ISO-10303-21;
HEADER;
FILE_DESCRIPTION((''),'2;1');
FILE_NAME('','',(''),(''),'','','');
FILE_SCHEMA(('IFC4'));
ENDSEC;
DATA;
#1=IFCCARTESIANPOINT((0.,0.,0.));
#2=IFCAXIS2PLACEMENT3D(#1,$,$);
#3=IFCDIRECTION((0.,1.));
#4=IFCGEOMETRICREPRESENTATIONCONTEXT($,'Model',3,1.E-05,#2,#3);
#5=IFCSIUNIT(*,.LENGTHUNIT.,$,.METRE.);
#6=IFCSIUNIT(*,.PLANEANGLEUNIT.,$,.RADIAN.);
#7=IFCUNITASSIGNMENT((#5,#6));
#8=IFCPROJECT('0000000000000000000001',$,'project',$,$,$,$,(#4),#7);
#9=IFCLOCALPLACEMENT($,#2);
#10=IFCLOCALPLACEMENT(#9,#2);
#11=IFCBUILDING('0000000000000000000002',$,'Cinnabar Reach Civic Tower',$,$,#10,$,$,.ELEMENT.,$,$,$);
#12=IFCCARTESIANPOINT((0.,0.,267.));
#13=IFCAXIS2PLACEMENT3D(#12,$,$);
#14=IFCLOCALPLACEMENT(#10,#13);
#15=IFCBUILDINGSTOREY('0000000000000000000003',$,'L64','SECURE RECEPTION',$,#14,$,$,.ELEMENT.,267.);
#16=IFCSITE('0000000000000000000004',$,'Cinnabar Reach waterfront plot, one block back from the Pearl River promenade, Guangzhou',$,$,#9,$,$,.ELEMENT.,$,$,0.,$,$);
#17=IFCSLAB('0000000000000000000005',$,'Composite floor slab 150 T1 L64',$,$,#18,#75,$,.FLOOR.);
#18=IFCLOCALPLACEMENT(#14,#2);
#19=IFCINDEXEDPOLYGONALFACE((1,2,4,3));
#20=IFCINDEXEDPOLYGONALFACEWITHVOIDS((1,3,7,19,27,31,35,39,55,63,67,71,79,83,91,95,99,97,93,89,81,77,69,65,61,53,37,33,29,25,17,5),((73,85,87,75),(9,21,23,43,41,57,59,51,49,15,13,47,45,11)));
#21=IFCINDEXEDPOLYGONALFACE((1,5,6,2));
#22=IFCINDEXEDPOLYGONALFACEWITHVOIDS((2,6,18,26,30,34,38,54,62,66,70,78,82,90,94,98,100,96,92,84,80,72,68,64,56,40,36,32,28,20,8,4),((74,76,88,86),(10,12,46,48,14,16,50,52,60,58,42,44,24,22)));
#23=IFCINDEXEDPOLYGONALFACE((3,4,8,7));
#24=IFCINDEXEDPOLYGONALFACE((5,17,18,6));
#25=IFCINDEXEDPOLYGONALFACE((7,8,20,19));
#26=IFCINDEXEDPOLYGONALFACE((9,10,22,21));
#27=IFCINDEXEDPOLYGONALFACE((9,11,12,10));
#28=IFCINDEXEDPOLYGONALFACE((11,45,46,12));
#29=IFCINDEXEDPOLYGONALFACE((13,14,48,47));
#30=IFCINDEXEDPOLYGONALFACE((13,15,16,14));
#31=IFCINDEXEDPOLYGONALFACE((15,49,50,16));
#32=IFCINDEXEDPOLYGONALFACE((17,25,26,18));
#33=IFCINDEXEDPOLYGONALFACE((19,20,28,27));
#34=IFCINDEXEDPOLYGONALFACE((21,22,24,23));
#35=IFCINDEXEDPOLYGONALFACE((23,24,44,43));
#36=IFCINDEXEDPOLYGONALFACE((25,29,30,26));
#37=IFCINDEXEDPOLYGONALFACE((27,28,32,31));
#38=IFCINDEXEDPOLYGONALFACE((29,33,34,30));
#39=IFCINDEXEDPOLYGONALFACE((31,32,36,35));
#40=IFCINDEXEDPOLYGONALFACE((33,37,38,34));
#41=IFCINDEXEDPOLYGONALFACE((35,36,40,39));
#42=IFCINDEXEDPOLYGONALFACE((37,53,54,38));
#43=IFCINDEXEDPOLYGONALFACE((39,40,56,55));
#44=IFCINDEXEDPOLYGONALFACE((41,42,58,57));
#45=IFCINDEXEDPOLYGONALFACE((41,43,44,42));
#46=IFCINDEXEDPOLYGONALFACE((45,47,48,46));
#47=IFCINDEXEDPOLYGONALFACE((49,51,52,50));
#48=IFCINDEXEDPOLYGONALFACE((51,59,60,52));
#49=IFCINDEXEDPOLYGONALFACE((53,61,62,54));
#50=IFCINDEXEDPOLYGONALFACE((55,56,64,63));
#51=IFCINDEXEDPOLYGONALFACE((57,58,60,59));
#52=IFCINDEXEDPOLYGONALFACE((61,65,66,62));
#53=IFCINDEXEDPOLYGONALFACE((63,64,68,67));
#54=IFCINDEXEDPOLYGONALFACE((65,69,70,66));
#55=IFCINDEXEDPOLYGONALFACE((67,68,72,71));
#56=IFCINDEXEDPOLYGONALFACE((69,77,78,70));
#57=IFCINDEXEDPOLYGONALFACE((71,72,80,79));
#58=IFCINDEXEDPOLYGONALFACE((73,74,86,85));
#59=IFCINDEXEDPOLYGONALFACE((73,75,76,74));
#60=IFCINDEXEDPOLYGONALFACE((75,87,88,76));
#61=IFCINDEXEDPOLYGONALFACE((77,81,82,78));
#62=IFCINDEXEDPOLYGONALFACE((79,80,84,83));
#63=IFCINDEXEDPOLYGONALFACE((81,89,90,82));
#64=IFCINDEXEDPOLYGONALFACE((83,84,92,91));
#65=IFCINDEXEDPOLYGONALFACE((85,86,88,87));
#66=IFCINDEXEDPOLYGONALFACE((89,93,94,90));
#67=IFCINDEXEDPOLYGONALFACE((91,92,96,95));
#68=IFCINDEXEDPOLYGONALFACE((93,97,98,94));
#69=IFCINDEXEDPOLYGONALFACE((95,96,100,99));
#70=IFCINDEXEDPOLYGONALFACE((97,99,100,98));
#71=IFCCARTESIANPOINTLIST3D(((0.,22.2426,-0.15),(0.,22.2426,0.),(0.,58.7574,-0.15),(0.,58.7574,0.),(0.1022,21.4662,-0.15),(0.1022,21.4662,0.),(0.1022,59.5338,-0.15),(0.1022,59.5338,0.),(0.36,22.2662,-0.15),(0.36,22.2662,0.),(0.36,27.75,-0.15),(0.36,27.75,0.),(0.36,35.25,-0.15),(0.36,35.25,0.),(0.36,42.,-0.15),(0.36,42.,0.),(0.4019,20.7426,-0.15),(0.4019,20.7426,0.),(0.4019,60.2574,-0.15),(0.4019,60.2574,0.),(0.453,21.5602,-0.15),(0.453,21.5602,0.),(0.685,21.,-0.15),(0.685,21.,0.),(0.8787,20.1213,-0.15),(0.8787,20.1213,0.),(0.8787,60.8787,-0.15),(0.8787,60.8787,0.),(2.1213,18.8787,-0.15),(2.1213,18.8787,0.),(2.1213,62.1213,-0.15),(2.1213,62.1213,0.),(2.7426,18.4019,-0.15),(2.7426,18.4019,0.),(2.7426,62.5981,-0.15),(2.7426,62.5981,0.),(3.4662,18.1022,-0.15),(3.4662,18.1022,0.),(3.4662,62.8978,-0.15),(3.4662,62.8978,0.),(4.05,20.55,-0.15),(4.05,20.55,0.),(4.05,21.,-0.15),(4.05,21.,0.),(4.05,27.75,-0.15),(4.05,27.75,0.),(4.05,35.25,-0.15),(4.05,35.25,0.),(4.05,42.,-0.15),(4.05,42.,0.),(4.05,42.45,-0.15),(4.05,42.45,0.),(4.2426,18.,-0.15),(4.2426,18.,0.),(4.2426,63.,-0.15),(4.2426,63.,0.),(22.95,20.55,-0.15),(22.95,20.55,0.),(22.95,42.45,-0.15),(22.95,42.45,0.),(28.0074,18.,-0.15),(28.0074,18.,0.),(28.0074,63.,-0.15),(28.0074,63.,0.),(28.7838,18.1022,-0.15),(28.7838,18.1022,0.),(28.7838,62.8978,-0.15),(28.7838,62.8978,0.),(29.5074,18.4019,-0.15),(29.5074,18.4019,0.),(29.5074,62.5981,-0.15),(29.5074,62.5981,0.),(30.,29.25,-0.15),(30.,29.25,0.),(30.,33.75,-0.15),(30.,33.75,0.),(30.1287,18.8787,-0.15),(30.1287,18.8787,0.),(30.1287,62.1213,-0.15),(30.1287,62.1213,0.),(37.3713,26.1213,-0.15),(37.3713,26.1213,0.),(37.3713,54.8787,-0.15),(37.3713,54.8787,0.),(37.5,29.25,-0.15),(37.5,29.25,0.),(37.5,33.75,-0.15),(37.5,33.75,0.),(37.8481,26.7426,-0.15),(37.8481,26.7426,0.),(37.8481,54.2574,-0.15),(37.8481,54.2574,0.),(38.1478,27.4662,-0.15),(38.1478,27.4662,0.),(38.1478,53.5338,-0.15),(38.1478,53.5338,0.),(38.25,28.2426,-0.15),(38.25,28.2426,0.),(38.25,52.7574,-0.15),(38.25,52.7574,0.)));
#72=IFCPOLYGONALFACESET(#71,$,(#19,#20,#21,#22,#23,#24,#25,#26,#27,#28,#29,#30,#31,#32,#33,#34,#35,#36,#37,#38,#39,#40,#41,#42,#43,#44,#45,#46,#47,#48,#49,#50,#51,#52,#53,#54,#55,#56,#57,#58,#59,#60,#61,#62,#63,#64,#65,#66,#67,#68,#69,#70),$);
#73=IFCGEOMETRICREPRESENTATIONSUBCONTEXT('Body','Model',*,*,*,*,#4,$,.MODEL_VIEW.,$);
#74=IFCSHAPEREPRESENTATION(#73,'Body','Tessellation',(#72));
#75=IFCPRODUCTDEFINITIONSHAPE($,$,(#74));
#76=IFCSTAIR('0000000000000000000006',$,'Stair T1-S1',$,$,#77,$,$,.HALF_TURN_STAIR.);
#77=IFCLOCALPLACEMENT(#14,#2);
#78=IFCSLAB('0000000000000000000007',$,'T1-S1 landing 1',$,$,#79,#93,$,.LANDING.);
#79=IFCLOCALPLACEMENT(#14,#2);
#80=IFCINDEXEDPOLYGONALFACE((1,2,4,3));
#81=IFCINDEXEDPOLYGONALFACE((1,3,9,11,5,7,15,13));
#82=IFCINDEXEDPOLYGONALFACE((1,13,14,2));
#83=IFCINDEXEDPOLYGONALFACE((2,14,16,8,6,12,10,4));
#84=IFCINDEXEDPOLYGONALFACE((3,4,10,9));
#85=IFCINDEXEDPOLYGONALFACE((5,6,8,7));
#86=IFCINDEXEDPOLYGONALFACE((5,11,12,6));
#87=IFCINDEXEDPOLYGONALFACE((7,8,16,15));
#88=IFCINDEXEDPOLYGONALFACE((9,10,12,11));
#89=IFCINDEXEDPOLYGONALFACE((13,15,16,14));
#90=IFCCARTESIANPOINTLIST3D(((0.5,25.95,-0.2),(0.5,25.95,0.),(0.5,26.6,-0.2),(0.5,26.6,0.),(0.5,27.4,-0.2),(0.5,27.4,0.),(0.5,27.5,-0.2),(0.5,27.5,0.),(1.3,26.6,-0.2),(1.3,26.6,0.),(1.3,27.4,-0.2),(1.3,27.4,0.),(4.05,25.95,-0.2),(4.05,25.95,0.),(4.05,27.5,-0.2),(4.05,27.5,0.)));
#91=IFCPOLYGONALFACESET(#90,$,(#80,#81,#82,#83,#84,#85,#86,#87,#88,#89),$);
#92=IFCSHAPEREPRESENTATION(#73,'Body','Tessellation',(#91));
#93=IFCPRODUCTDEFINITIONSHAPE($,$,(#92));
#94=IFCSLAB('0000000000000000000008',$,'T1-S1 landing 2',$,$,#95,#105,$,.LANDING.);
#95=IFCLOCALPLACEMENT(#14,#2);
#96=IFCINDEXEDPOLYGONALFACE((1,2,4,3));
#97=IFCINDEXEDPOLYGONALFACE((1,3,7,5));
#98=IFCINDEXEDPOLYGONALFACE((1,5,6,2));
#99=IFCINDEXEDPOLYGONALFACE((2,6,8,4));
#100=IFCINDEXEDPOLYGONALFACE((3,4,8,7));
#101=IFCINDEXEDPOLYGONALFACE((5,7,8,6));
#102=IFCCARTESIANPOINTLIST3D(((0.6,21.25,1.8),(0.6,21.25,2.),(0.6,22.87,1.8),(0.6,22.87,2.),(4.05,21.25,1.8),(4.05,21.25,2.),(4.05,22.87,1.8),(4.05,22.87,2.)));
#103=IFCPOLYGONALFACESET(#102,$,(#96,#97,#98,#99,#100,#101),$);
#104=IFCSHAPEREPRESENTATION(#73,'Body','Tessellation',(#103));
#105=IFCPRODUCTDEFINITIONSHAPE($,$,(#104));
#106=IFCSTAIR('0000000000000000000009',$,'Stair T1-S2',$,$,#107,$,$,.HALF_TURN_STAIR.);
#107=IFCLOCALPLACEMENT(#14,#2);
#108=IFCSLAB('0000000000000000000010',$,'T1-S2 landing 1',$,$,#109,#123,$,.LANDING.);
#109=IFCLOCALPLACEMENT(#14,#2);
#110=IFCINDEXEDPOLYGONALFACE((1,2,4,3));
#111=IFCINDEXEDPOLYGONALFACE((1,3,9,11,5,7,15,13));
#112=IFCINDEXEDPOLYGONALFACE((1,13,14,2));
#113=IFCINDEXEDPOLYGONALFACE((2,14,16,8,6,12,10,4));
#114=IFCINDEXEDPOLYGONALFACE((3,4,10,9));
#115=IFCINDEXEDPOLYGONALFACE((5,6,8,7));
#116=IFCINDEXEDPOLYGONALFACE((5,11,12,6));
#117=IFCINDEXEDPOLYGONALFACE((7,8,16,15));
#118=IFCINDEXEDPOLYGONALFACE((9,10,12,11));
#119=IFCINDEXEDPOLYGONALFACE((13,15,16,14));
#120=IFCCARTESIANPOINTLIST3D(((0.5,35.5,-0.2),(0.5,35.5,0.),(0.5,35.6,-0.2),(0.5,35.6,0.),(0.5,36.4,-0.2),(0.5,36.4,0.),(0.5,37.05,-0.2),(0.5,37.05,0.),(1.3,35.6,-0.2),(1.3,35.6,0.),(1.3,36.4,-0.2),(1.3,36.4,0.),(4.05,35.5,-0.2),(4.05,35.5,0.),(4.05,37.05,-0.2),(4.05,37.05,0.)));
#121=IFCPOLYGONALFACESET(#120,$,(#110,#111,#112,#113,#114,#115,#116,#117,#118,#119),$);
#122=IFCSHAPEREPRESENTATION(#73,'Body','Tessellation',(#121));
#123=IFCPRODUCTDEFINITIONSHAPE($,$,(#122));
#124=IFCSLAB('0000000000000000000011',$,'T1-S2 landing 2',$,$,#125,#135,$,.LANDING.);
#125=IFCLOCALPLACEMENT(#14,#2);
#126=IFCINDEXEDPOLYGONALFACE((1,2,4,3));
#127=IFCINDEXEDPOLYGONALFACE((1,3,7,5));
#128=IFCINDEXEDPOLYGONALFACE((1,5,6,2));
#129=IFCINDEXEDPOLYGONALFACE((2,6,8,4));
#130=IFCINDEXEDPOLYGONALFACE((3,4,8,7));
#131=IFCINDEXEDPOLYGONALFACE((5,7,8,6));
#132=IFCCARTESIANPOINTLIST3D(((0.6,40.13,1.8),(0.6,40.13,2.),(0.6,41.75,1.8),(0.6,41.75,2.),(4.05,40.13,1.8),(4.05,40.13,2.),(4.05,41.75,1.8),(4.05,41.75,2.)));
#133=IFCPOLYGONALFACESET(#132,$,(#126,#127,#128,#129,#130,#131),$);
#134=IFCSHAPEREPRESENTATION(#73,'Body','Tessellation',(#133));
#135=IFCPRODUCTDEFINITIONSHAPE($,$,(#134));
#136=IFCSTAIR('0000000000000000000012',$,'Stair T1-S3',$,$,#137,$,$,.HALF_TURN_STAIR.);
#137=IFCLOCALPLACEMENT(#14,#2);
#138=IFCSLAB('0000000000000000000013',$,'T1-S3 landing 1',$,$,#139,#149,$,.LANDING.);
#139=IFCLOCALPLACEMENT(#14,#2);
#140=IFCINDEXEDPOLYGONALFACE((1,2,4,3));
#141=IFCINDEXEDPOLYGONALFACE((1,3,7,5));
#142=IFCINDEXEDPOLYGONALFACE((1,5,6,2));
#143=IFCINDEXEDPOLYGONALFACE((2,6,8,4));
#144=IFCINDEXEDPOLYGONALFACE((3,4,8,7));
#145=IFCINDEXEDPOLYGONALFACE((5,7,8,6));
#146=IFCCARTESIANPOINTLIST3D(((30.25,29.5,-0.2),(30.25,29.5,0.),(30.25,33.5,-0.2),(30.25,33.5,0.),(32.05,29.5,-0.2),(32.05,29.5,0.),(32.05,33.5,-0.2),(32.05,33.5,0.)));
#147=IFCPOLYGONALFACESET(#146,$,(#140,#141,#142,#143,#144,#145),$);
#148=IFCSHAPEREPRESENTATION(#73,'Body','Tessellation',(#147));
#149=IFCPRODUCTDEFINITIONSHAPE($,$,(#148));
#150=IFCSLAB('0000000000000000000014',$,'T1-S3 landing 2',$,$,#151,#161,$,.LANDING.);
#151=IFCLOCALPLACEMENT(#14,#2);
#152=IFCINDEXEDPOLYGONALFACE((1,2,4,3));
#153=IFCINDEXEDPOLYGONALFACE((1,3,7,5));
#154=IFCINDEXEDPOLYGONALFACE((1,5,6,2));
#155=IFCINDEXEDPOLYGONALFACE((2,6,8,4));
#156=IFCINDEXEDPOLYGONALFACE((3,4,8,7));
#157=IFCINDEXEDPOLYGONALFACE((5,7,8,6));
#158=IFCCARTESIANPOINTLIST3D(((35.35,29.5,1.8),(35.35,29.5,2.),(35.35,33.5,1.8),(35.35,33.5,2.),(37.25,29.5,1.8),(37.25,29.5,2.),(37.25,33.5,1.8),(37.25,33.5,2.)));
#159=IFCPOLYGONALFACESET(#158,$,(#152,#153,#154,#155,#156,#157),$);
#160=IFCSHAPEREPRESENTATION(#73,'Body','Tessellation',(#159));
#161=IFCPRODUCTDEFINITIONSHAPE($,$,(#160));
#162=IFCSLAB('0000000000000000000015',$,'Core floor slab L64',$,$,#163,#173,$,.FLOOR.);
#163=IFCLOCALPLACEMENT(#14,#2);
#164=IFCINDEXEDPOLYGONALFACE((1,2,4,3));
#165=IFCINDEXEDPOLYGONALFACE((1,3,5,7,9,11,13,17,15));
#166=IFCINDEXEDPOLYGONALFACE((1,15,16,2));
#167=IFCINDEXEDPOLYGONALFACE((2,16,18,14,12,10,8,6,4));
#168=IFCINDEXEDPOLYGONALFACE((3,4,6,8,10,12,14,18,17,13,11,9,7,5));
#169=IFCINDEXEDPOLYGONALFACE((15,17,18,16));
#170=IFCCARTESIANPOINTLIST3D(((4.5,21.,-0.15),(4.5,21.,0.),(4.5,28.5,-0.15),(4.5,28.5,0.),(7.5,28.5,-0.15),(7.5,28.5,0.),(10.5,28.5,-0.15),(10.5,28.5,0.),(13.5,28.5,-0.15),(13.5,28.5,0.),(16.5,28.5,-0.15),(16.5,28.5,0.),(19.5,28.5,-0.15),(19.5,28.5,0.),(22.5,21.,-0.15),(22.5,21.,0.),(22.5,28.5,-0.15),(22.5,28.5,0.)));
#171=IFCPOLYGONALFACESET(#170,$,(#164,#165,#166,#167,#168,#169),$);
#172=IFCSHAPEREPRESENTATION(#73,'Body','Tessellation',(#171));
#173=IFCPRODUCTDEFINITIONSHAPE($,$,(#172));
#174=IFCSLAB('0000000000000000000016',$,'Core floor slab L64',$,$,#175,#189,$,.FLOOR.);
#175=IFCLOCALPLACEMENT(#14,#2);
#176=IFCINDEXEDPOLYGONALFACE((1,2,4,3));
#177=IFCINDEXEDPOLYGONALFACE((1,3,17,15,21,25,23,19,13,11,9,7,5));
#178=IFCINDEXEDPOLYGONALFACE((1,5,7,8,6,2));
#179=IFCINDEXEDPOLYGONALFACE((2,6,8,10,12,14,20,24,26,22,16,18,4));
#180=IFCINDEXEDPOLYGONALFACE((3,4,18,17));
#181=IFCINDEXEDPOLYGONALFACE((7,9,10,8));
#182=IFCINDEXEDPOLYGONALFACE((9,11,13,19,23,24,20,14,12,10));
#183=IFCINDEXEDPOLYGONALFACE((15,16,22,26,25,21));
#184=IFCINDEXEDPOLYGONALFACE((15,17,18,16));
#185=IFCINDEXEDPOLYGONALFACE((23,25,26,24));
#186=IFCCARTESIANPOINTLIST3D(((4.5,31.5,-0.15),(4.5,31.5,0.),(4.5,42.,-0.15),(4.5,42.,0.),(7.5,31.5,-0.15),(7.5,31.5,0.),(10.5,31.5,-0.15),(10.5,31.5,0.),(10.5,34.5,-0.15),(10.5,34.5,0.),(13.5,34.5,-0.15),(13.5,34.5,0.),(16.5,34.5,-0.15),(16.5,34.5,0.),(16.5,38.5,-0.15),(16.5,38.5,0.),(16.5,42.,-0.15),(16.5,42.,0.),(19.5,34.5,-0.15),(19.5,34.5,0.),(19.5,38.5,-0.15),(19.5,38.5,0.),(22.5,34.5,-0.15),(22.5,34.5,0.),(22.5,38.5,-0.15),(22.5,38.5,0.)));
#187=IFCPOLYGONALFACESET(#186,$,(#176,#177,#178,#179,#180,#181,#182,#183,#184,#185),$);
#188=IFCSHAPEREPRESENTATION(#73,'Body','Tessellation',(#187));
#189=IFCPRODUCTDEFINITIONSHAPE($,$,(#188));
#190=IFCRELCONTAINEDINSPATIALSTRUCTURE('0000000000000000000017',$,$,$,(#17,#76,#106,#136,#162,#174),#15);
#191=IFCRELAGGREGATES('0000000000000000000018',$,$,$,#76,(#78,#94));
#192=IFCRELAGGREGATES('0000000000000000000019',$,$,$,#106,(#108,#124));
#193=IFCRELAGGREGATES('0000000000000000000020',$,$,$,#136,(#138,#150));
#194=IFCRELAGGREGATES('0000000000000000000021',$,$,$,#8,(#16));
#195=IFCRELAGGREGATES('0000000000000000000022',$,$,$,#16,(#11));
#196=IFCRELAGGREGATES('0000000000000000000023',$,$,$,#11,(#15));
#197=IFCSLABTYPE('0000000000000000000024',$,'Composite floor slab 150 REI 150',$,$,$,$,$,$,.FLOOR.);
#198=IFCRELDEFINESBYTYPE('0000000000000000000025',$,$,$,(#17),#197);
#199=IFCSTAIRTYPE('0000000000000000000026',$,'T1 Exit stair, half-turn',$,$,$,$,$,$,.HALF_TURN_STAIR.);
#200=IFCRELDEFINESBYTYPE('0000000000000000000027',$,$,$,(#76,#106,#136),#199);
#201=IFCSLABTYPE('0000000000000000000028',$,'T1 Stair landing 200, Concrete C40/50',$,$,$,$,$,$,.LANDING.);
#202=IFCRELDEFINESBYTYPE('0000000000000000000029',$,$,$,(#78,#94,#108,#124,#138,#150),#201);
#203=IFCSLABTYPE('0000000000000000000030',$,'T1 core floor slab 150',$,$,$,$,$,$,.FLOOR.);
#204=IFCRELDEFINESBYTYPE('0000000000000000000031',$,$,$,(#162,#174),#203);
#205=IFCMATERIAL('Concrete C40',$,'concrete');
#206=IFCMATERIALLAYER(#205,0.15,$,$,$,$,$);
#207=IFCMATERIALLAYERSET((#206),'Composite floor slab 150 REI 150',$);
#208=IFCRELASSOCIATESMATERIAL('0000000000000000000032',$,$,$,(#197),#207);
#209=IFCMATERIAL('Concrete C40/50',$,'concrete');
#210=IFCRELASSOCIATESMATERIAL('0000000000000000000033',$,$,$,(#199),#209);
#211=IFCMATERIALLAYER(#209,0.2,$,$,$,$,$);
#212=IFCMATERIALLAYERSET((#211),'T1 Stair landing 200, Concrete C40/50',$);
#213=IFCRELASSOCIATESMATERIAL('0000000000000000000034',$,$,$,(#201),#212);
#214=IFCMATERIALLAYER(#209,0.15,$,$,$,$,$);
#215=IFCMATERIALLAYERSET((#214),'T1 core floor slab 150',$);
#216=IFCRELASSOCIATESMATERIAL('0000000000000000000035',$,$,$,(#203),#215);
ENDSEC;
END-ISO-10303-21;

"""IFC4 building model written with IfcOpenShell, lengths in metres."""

from ifc_helpers import new_model, si_unit, direction, frame, origin, place, context, subcontext, project, spatial, polyline, outline, extrude, material, layer, layer_set, type_object, element, aggregate, save


model = new_model("IFC4")

# Units and contexts
model_context = context("Model", 3, precision=1e-05, world=origin(), true_north=direction((0.0, 1.0)))
body_context = subcontext(model_context, "Body", "Model", "MODEL_VIEW")
ifc_project = project(units=[si_unit("LENGTHUNIT", "METRE"), si_unit("PLANEANGLEUNIT", "RADIAN")], contexts=[model_context])

# Site, building, storey
site_placement = place(None, origin())
site = spatial("IfcSite", under=ifc_project, at=site_placement, Name="Cinnabar Reach waterfront plot, one block back from the Pearl River promenade, Guangzhou", CompositionType="ELEMENT", RefElevation=0.0)
building_placement = place(site_placement, origin())
building = spatial("IfcBuilding", under=site, at=building_placement, Name="Cinnabar Reach Civic Tower", CompositionType="ELEMENT")
storey_placement = place(building_placement, frame((0.0, 0.0, 267.0)))
storey = spatial("IfcBuildingStorey", under=building, at=storey_placement, Name="L64", Description="SECURE RECEPTION", CompositionType="ELEMENT", Elevation=267.0)

# Slab
ifc_material_1 = material(Name="Concrete C40", Category="concrete")
ifc_layer_1 = layer(ifc_material_1, 0.15)
ifc_layer_set_1 = layer_set([ifc_layer_1], Name="Composite floor slab 150 REI 150")
slab_type_1 = type_object("IfcSlabType", Name="Composite floor slab 150 REI 150", PredefinedType="FLOOR", material=ifc_layer_set_1)
slab_1_placement = place(storey_placement, frame((0.0, 0.0, -0.15)))
element("IfcSlab", 1, at=slab_1_placement, inside=storey, type_object=slab_type_1, Name="Composite floor slab 150 T1 L64", PredefinedType="FLOOR", context=body_context, shape_type="SweptSolid", body=[
    extrude(outline(polyline([(0.8787, 20.1213), (0.4019, 20.7426), (0.1022, 21.4662), (0.0, 22.2426), (0.0, 58.7574), (0.1022, 59.5338), (0.4019, 60.2574), (0.8787, 60.8787), (2.1213, 62.1213), (2.7426, 62.5981), (3.4662, 62.8978), (4.2426, 63.0), (28.0074, 63.0), (28.7838, 62.8978), (29.5074, 62.5981), (30.1287, 62.1213), (37.3713, 54.8787), (37.8481, 54.2574), (38.1478, 53.5338), (38.25, 52.7574), (38.25, 28.2426), (38.1478, 27.4662), (37.8481, 26.7426), (37.3713, 26.1213), (30.1287, 18.8787), (29.5074, 18.4019), (28.7838, 18.1022), (28.0074, 18.0), (4.2426, 18.0), (3.4662, 18.1022), (2.7426, 18.4019), (2.1213, 18.8787), (0.8787, 20.1213)]), holes=[polyline([(0.685, 21.0), (4.05, 21.0), (4.05, 20.55), (22.95, 20.55), (22.95, 42.45), (4.05, 42.45), (4.05, 42.0), (0.36, 42.0), (0.36, 35.25), (4.05, 35.25), (4.05, 27.75), (0.36, 27.75), (0.36, 22.2662), (0.453, 21.5602), (0.685, 21.0)]), polyline([(30.0, 33.75), (30.0, 29.25), (37.5, 29.25), (37.5, 33.75), (30.0, 33.75)])]), origin(), (0.0, 0.0, 1.0), 0.15),
])

# Stairs, slabs
ifc_material_2 = material(Name="Concrete C40/50", Category="concrete")
stair_type = type_object("IfcStairType", Name="T1 Exit stair, half-turn", PredefinedType="HALF_TURN_STAIR", material=ifc_material_2)
stair_1_placement = place(storey_placement, origin())
stair_1 = element("IfcStair", 2, at=stair_1_placement, inside=storey, type_object=stair_type, Name="Stair T1-S1", PredefinedType="HALF_TURN_STAIR")
ifc_layer_2 = layer(ifc_material_2, 0.2)
ifc_layer_set_2 = layer_set([ifc_layer_2], Name="T1 Stair landing 200, Concrete C40/50")
slab_type_2 = type_object("IfcSlabType", Name="T1 Stair landing 200, Concrete C40/50", PredefinedType="LANDING", material=ifc_layer_set_2)
slab_2_placement = place(storey_placement, frame((0.0, 0.0, -0.2)))
slab_2 = element("IfcSlab", 3, at=slab_2_placement, type_object=slab_type_2, Name="T1-S1 landing 1", PredefinedType="LANDING", context=body_context, shape_type="SweptSolid", body=[
    extrude(outline(polyline([(0.5, 27.5), (4.05, 27.5), (4.05, 25.95), (0.5, 25.95), (0.5, 26.6), (1.3, 26.6), (1.3, 27.4), (0.5, 27.4), (0.5, 27.5)])), origin(), (0.0, 0.0, 1.0), 0.2),
])
slab_3_placement = place(storey_placement, frame((0.0, 0.0, 1.8)))
slab_3 = element("IfcSlab", 4, at=slab_3_placement, type_object=slab_type_2, Name="T1-S1 landing 2", PredefinedType="LANDING", context=body_context, shape_type="SweptSolid", body=[
    extrude(outline(polyline([(0.6, 21.25), (0.6, 22.87), (4.05, 22.87), (4.05, 21.25), (0.6, 21.25)])), origin(), (0.0, 0.0, 1.0), 0.2),
])
aggregate(stair_1, [slab_2, slab_3])
stair_2_placement = place(storey_placement, origin())
stair_2 = element("IfcStair", 5, at=stair_2_placement, inside=storey, type_object=stair_type, Name="Stair T1-S2", PredefinedType="HALF_TURN_STAIR")
slab_4_placement = place(storey_placement, frame((0.0, 0.0, -0.2)))
slab_4 = element("IfcSlab", 6, at=slab_4_placement, type_object=slab_type_2, Name="T1-S2 landing 1", PredefinedType="LANDING", context=body_context, shape_type="SweptSolid", body=[
    extrude(outline(polyline([(0.5, 37.05), (4.05, 37.05), (4.05, 35.5), (0.5, 35.5), (0.5, 35.6), (1.3, 35.6), (1.3, 36.4), (0.5, 36.4), (0.5, 37.05)])), origin(), (0.0, 0.0, 1.0), 0.2),
])
slab_5_placement = place(storey_placement, frame((0.0, 0.0, 1.8)))
slab_5 = element("IfcSlab", 7, at=slab_5_placement, type_object=slab_type_2, Name="T1-S2 landing 2", PredefinedType="LANDING", context=body_context, shape_type="SweptSolid", body=[
    extrude(outline(polyline([(0.6, 40.13), (0.6, 41.75), (4.05, 41.75), (4.05, 40.13), (0.6, 40.13)])), origin(), (0.0, 0.0, 1.0), 0.2),
])
aggregate(stair_2, [slab_4, slab_5])
stair_3_placement = place(storey_placement, origin())
stair_3 = element("IfcStair", 8, at=stair_3_placement, inside=storey, type_object=stair_type, Name="Stair T1-S3", PredefinedType="HALF_TURN_STAIR")
slab_6_placement = place(storey_placement, frame((0.0, 0.0, -0.2)))
slab_6 = element("IfcSlab", 9, at=slab_6_placement, type_object=slab_type_2, Name="T1-S3 landing 1", PredefinedType="LANDING", context=body_context, shape_type="SweptSolid", body=[
    extrude(outline(polyline([(30.25, 29.5), (32.05, 29.5), (32.05, 33.5), (30.25, 33.5), (30.25, 29.5)])), origin(), (0.0, 0.0, 1.0), 0.2),
])
slab_7_placement = place(storey_placement, frame((0.0, 0.0, 1.8)))
slab_7 = element("IfcSlab", 10, at=slab_7_placement, type_object=slab_type_2, Name="T1-S3 landing 2", PredefinedType="LANDING", context=body_context, shape_type="SweptSolid", body=[
    extrude(outline(polyline([(35.35, 29.5), (37.25, 29.5), (37.25, 33.5), (35.35, 33.5), (35.35, 29.5)])), origin(), (0.0, 0.0, 1.0), 0.2),
])
aggregate(stair_3, [slab_6, slab_7])

# Slabs
ifc_layer_3 = layer(ifc_material_2, 0.15)
ifc_layer_set_3 = layer_set([ifc_layer_3], Name="T1 core floor slab 150")
slab_type_3 = type_object("IfcSlabType", Name="T1 core floor slab 150", PredefinedType="FLOOR", material=ifc_layer_set_3)
slab_8_placement = place(storey_placement, frame((0.0, 0.0, -0.15)))
element("IfcSlab", 11, at=slab_8_placement, inside=storey, type_object=slab_type_3, Name="Core floor slab L64", PredefinedType="FLOOR", context=body_context, shape_type="SweptSolid", body=[
    extrude(outline(polyline([(22.5, 21.0), (4.5, 21.0), (4.5, 28.5), (7.5, 28.5), (10.5, 28.5), (13.5, 28.5), (16.5, 28.5), (19.5, 28.5), (22.5, 28.5), (22.5, 21.0)])), origin(), (0.0, 0.0, 1.0), 0.15),
])
slab_9_placement = place(storey_placement, frame((0.0, 0.0, -0.15)))
element("IfcSlab", 12, at=slab_9_placement, inside=storey, type_object=slab_type_3, Name="Core floor slab L64", PredefinedType="FLOOR", context=body_context, shape_type="SweptSolid", body=[
    extrude(outline(polyline([(22.5, 34.5), (19.5, 34.5), (16.5, 34.5), (13.5, 34.5), (10.5, 34.5), (10.5, 31.5), (7.5, 31.5), (4.5, 31.5), (4.5, 42.0), (16.5, 42.0), (16.5, 38.5), (19.5, 38.5), (22.5, 38.5), (22.5, 34.5)])), origin(), (0.0, 0.0, 1.0), 0.15),
])

save(model, "model.ifc")
